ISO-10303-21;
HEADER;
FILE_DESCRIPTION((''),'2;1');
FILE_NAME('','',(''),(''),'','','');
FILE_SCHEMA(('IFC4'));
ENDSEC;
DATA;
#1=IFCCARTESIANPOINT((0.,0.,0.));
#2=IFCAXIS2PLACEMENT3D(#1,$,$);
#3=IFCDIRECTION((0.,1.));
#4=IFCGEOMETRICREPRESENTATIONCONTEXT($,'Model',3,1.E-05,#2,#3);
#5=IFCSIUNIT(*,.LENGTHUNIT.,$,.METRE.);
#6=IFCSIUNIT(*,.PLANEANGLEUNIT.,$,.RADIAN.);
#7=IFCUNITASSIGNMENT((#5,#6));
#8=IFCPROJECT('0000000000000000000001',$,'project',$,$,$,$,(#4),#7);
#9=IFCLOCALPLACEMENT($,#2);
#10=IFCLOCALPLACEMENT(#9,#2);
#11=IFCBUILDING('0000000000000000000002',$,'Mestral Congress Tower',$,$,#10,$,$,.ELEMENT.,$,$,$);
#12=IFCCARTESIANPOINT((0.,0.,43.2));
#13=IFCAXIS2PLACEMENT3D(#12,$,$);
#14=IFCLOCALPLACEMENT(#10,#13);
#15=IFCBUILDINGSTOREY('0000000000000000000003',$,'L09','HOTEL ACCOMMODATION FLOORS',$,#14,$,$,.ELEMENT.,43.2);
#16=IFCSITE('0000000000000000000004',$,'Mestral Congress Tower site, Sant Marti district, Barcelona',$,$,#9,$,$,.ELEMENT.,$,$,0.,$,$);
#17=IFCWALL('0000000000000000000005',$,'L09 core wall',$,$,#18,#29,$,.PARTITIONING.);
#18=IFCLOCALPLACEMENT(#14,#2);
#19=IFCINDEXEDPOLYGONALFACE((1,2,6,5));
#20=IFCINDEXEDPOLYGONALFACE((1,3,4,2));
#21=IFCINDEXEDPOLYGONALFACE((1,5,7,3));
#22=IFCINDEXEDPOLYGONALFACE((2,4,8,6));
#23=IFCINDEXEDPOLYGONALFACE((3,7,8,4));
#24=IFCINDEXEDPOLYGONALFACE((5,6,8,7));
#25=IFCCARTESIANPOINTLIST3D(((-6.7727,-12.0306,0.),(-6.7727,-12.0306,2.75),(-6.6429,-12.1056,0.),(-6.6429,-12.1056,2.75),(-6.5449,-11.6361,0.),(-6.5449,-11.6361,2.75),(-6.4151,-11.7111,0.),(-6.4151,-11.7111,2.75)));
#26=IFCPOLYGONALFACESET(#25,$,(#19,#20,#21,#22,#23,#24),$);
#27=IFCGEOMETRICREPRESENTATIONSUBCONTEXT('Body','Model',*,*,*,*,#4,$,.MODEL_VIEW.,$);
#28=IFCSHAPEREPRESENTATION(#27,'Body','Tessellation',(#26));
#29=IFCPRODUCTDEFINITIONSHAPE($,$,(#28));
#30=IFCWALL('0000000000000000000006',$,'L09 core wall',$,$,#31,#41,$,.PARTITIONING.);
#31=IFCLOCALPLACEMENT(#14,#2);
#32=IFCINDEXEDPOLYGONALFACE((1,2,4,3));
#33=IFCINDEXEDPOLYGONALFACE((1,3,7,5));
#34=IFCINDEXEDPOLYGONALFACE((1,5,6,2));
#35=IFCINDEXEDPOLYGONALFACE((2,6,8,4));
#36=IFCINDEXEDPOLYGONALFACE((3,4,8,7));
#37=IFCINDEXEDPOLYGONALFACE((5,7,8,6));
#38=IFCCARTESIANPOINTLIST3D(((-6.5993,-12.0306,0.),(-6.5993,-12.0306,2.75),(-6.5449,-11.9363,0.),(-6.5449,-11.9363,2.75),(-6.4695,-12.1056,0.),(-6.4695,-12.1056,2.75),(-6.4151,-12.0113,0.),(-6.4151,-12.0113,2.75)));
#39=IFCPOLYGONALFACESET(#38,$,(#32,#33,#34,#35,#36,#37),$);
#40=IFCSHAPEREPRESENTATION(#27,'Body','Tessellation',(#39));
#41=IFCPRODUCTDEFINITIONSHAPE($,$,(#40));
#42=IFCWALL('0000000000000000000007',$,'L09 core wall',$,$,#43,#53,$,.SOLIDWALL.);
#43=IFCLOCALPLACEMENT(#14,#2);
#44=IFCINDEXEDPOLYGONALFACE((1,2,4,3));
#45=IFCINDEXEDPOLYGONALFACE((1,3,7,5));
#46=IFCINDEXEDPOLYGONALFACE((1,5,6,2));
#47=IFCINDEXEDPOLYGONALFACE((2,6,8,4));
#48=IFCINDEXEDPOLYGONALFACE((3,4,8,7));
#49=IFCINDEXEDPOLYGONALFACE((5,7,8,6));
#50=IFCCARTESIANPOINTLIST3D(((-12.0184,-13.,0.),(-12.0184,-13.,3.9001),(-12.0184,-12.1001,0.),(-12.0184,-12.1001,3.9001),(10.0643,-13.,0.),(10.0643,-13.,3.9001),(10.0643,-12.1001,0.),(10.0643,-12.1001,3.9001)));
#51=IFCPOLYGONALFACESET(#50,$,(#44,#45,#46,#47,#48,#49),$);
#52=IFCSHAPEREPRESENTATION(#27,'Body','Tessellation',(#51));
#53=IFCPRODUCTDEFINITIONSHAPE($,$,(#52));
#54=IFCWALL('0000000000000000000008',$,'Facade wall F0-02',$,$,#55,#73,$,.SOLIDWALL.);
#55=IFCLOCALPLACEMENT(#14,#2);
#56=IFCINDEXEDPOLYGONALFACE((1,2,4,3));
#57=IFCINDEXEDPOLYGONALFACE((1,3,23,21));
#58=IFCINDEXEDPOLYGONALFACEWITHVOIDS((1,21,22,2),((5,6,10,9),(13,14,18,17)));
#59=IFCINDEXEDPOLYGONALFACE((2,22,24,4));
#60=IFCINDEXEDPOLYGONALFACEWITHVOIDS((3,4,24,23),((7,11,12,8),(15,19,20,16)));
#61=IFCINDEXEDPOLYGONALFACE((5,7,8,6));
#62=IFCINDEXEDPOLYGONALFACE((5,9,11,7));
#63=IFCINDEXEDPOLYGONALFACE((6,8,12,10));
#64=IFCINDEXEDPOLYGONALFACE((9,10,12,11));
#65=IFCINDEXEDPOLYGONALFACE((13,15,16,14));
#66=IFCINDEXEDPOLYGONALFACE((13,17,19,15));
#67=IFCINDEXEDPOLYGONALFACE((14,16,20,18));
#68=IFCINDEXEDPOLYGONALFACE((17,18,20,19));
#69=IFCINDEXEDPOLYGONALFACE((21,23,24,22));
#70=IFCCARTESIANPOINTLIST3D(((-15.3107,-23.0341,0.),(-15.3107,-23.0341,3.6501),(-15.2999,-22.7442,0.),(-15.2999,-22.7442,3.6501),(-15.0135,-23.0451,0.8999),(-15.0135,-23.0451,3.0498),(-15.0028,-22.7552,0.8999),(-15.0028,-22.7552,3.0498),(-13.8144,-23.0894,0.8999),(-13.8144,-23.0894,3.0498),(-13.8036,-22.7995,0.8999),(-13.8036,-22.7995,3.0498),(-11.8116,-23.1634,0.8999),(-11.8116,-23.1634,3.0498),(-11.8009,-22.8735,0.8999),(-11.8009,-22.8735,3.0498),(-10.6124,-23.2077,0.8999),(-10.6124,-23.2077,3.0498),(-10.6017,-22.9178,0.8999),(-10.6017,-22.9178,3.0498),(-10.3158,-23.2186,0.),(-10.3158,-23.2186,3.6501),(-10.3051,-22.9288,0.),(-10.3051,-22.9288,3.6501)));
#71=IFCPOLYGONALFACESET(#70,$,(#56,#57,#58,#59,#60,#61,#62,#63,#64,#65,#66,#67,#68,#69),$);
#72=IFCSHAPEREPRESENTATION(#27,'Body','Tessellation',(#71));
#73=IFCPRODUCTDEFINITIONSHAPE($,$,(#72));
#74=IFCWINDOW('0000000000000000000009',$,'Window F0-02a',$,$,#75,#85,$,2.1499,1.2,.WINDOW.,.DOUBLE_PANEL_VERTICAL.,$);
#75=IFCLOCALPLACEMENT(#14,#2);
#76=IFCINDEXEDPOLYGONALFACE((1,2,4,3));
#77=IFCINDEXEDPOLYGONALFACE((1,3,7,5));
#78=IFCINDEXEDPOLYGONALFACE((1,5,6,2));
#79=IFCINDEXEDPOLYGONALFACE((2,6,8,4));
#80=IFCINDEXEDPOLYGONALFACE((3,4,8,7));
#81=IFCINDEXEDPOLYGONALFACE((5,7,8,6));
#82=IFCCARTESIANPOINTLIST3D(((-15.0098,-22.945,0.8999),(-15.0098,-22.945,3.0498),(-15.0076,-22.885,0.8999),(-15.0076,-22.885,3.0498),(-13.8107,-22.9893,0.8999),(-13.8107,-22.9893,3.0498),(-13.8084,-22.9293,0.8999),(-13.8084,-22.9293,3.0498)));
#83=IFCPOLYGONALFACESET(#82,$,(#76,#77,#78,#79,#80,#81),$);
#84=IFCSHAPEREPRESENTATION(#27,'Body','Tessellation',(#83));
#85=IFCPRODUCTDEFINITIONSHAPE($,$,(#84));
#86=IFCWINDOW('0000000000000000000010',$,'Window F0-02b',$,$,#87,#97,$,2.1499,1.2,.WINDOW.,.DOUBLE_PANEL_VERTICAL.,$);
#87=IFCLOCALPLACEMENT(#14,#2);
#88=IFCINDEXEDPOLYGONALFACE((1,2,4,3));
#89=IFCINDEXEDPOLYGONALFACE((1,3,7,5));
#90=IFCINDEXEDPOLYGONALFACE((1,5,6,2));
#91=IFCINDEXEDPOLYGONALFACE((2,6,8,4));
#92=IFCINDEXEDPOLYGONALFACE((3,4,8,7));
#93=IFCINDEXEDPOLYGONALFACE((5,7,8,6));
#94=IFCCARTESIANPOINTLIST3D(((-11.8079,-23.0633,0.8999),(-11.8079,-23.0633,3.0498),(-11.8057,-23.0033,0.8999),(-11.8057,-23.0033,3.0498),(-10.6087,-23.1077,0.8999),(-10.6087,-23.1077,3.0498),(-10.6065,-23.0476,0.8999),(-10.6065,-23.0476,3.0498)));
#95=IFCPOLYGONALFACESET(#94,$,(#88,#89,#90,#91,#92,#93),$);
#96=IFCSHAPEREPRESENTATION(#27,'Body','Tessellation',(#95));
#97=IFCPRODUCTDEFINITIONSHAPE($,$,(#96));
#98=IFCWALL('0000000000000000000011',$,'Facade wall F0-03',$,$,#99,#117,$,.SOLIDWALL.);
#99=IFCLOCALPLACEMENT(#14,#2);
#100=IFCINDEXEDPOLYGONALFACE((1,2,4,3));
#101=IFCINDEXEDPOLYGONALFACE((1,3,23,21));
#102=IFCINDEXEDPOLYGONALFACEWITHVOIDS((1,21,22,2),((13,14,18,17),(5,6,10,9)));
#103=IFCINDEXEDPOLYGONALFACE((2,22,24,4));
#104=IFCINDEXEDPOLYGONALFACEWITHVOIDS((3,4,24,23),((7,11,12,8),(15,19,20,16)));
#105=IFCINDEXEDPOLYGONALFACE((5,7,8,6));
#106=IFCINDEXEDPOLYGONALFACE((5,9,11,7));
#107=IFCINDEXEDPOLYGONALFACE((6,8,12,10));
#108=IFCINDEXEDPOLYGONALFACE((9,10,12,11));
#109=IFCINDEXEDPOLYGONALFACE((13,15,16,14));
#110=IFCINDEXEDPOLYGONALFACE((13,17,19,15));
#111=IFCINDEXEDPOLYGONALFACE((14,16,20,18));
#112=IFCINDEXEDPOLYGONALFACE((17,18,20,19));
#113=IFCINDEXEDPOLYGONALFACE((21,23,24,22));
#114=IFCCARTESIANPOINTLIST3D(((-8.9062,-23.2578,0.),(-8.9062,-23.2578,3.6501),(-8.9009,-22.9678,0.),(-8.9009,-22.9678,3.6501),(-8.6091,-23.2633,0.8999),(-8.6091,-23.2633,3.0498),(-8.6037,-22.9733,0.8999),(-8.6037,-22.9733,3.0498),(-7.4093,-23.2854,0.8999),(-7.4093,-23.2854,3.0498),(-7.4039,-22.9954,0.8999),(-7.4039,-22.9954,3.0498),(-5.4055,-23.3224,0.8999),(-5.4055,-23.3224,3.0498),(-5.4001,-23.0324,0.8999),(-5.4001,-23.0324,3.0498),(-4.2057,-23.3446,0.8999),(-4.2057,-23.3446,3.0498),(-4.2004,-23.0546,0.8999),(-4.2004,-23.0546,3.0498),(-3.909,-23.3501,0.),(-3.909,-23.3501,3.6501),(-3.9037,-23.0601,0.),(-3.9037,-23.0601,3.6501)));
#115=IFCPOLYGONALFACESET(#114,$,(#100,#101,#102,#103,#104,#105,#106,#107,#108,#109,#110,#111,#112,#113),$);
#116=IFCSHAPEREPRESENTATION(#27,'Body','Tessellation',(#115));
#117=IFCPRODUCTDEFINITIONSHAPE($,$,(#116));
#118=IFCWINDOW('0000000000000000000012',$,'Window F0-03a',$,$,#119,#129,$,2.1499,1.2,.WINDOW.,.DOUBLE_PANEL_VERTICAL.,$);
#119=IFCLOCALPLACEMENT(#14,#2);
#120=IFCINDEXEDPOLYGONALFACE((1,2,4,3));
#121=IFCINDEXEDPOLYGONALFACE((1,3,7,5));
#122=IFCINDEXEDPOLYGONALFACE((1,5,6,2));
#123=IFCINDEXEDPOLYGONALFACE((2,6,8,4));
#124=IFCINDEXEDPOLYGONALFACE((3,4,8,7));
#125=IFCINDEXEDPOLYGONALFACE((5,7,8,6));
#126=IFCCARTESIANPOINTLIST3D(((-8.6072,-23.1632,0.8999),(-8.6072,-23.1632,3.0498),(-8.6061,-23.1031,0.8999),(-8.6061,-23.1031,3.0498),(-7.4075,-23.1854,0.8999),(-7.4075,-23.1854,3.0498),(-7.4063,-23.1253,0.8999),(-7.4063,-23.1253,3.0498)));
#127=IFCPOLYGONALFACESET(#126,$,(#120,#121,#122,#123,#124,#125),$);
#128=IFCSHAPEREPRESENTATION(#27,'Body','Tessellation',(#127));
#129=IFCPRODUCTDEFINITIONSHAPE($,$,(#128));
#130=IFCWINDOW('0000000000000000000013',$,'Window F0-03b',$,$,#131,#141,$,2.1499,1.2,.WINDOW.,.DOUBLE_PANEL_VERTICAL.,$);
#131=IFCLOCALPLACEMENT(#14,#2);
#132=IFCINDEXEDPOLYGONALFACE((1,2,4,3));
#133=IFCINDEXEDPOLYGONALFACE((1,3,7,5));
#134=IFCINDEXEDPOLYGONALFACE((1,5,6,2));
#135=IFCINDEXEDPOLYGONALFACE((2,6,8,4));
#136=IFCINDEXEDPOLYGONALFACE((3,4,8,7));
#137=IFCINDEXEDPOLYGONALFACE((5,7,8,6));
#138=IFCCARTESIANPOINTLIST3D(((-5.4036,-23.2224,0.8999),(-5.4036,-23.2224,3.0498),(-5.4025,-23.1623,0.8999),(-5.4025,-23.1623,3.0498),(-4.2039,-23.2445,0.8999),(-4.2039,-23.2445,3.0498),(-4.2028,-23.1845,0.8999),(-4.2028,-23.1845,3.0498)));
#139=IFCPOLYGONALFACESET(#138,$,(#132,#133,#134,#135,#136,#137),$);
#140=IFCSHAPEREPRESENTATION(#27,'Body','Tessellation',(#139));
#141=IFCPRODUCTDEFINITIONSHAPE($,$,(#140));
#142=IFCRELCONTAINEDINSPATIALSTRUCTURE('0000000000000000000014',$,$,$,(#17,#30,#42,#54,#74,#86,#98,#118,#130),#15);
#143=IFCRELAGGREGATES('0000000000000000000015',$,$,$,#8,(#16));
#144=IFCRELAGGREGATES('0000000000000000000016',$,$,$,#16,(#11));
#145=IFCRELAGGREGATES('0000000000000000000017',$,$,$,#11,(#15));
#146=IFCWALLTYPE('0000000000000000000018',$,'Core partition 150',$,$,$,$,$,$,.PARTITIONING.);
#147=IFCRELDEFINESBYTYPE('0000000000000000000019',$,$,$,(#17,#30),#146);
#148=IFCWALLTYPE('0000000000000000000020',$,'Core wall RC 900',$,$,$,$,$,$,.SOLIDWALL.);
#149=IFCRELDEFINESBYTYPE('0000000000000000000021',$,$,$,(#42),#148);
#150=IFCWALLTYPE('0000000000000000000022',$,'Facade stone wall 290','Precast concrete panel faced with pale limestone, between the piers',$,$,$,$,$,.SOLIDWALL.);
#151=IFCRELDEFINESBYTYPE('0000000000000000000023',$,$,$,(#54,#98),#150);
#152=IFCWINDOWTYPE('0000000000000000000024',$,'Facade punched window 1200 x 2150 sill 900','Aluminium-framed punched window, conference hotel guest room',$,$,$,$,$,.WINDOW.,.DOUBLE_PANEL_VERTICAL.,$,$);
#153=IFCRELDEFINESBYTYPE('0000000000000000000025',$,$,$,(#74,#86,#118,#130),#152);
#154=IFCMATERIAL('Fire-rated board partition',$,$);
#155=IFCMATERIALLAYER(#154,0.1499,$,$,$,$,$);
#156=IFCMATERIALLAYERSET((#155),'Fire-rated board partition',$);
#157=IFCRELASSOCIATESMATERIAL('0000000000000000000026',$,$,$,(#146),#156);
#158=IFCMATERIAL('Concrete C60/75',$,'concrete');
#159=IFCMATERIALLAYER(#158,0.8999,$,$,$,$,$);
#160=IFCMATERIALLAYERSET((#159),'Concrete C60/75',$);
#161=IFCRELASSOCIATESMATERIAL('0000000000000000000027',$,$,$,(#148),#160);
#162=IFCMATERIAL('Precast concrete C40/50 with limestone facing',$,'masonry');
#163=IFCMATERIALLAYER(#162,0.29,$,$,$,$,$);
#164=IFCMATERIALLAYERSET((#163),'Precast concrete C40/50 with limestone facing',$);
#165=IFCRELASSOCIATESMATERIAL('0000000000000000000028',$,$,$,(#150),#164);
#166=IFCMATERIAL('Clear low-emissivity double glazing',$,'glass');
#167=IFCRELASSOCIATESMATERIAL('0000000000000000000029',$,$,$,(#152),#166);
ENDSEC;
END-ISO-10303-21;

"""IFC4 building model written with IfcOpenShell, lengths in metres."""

from ifc_helpers import new_model, si_unit, direction, frame, frame_2d, origin, place, context, subcontext, project, spatial, rectangle, extrude, material, layer, layer_set, type_object, element, fill, save


model = new_model("IFC4")

# Units and contexts
model_context = context("Model", 3, precision=1e-05, world=origin(), true_north=direction((0.0, 1.0)))
body_context = subcontext(model_context, "Body", "Model", "MODEL_VIEW")
ifc_project = project(units=[si_unit("LENGTHUNIT", "METRE"), si_unit("PLANEANGLEUNIT", "RADIAN")], contexts=[model_context])

# Site, building, storey
site_placement = place(None, origin())
site = spatial("IfcSite", under=ifc_project, at=site_placement, Name="Mestral Congress Tower site, Sant Marti district, Barcelona", CompositionType="ELEMENT", RefElevation=0.0)
building_placement = place(site_placement, origin())
building = spatial("IfcBuilding", under=site, at=building_placement, Name="Mestral Congress Tower", CompositionType="ELEMENT")
storey_placement = place(building_placement, frame((0.0, 0.0, 43.2)))
storey = spatial("IfcBuildingStorey", under=building, at=storey_placement, Name="L09", Description="HOTEL ACCOMMODATION FLOORS", CompositionType="ELEMENT", Elevation=43.2)

# Walls
ifc_material_1 = material(Name="Fire-rated board partition")
ifc_layer_1 = layer(ifc_material_1, 0.1499)
ifc_layer_set_1 = layer_set([ifc_layer_1], Name="Fire-rated board partition")
wall_type_1 = type_object("IfcWallType", Name="Core partition 150", PredefinedType="PARTITIONING", material=ifc_layer_set_1)
wall_1_placement = place(storey_placement, frame((-6.7078, -12.0681, 0.0), z_axis=(0.0, 0.0, 1.0), x_axis=(0.500001, 0.866025, 0.0)))
element("IfcWall", 1, at=wall_1_placement, inside=storey, type_object=wall_type_1, Name="L09 core wall", PredefinedType="PARTITIONING", context=body_context, shape_type="SweptSolid", body=[
    extrude(rectangle(XDim=0.4556, YDim=0.1499, at=frame_2d((0.2278, 0.0))), origin(), (0.0, 0.0, 1.0), 2.75),
])
wall_2_placement = place(storey_placement, frame((-6.5344, -12.0681, 0.0), z_axis=(0.0, 0.0, 1.0), x_axis=(0.50024, 0.865887, 0.0)))
element("IfcWall", 2, at=wall_2_placement, inside=storey, type_object=wall_type_1, Name="L09 core wall", PredefinedType="PARTITIONING", context=body_context, shape_type="SweptSolid", body=[
    extrude(rectangle(XDim=0.1089, YDim=0.1499, at=frame_2d((0.0544, 0.0))), origin(), (0.0, 0.0, 1.0), 2.75),
])
ifc_material_2 = material(Name="Concrete C60/75", Category="concrete")
ifc_layer_2 = layer(ifc_material_2, 0.8999)
ifc_layer_set_2 = layer_set([ifc_layer_2], Name="Concrete C60/75")
wall_type_2 = type_object("IfcWallType", Name="Core wall RC 900", PredefinedType="SOLIDWALL", material=ifc_layer_set_2)
wall_3_placement = place(storey_placement, frame((-12.0186, -12.55, 0.0), z_axis=(0.0, 0.0, 1.0), x_axis=(1.0, 0.0, 0.0)))
element("IfcWall", 3, at=wall_3_placement, inside=storey, type_object=wall_type_2, Name="L09 core wall", PredefinedType="SOLIDWALL", context=body_context, shape_type="SweptSolid", body=[
    extrude(rectangle(XDim=22.0828, YDim=0.8999, at=frame_2d((11.0415, 0.0))), origin(), (0.0, 0.0, 1.0), 3.9001),
])

# Walls, openings, windows
ifc_material_3 = material(Name="Precast concrete C40/50 with limestone facing", Category="masonry")
ifc_layer_3 = layer(ifc_material_3, 0.29)
ifc_layer_set_3 = layer_set([ifc_layer_3], Name="Precast concrete C40/50 with limestone facing")
wall_type_3 = type_object("IfcWallType", Name="Facade stone wall 290", Description="Precast concrete panel faced with pale limestone, between the piers", PredefinedType="SOLIDWALL", material=ifc_layer_set_3)
wall_4_placement = place(storey_placement, frame((-15.3052, -22.8892, 0.0), z_axis=(0.0, 0.0, 1.0), x_axis=(0.999318, -0.036927, 0.0)))
wall_4 = element("IfcWall", 4, at=wall_4_placement, inside=storey, type_object=wall_type_3, Name="Facade wall F0-02", PredefinedType="SOLIDWALL", context=body_context, shape_type="SweptSolid", body=[
    extrude(rectangle(XDim=4.9983, YDim=0.29, at=frame_2d((2.499, 0.0))), origin(), (0.0, 0.0, 1.0), 3.6501),
])
opening_1_placement = place(wall_4_placement, frame((0.2971, 0.0, 0.8999)))
opening_1 = element("IfcOpeningElement", 5, at=opening_1_placement, cuts=wall_4, PredefinedType="OPENING", context=body_context, shape_type="SweptSolid", body=[
    extrude(rectangle(XDim=1.2, YDim=2.1499, at=frame_2d((0.6001, 1.075))), frame((0.0, 0.155, 0.0), z_axis=(0.0, -1.0, 0.0), x_axis=(1.0, 0.0, 0.0)), (0.0, 0.0, 1.0), 0.3101),
])
opening_2_placement = place(wall_4_placement, frame((3.5012, 0.0, 0.8999)))
opening_2 = element("IfcOpeningElement", 6, at=opening_2_placement, cuts=wall_4, PredefinedType="OPENING", context=body_context, shape_type="SweptSolid", body=[
    extrude(rectangle(XDim=1.2, YDim=2.1499, at=frame_2d((0.6001, 1.075))), frame((0.0, 0.155, 0.0), z_axis=(0.0, -1.0, 0.0), x_axis=(1.0, 0.0, 0.0)), (0.0, 0.0, 1.0), 0.3101),
])
ifc_material_4 = material(Name="Clear low-emissivity double glazing", Category="glass")
window_type = type_object("IfcWindowType", Name="Facade punched window 1200 x 2150 sill 900", Description="Aluminium-framed punched window, conference hotel guest room", PartitioningType="DOUBLE_PANEL_VERTICAL", PredefinedType="WINDOW", material=ifc_material_4)
window_1_placement = place(opening_1_placement, origin())
window_1 = element("IfcWindow", 7, at=window_1_placement, inside=storey, type_object=window_type, Name="Window F0-02a", OverallHeight=2.1499, OverallWidth=1.2, PartitioningType="DOUBLE_PANEL_VERTICAL", PredefinedType="WINDOW", context=body_context, shape_type="SweptSolid", body=[
    extrude(rectangle(XDim=1.2, YDim=2.1499, at=frame_2d((0.6001, 1.075))), frame((0.0, 0.0151, 0.0), z_axis=(0.0, -1.0, 0.0), x_axis=(1.0, 0.0, 0.0)), (0.0, 0.0, 1.0), 0.0601),
])
fill(opening_1, window_1)
window_2_placement = place(opening_2_placement, origin())
window_2 = element("IfcWindow", 8, at=window_2_placement, inside=storey, type_object=window_type, Name="Window F0-02b", OverallHeight=2.1499, OverallWidth=1.2, PartitioningType="DOUBLE_PANEL_VERTICAL", PredefinedType="WINDOW", context=body_context, shape_type="SweptSolid", body=[
    extrude(rectangle(XDim=1.2, YDim=2.1499, at=frame_2d((0.6001, 1.075))), frame((0.0, 0.0151, 0.0), z_axis=(0.0, -1.0, 0.0), x_axis=(1.0, 0.0, 0.0)), (0.0, 0.0, 1.0), 0.0601),
])
fill(opening_2, window_2)
wall_5_placement = place(storey_placement, frame((-8.9036, -23.1128, 0.0), z_axis=(0.0, 0.0, 1.0), x_axis=(0.99983, -0.018464, 0.0)))
wall_5 = element("IfcWall", 9, at=wall_5_placement, inside=storey, type_object=wall_type_3, Name="Facade wall F0-03", PredefinedType="SOLIDWALL", context=body_context, shape_type="SweptSolid", body=[
    extrude(rectangle(XDim=4.998, YDim=0.29, at=frame_2d((2.499, 0.0))), origin(), (0.0, 0.0, 1.0), 3.6501),
])
opening_3_placement = place(wall_5_placement, frame((0.2971, 0.0, 0.8999)))
opening_3 = element("IfcOpeningElement", 10, at=opening_3_placement, cuts=wall_5, PredefinedType="OPENING", context=body_context, shape_type="SweptSolid", body=[
    extrude(rectangle(XDim=1.2, YDim=2.1499, at=frame_2d((0.6001, 1.075))), frame((0.0, 0.155, 0.0), z_axis=(0.0, -1.0, 0.0), x_axis=(1.0, 0.0, 0.0)), (0.0, 0.0, 1.0), 0.3101),
])
opening_4_placement = place(wall_5_placement, frame((3.5012, 0.0, 0.8999)))
opening_4 = element("IfcOpeningElement", 11, at=opening_4_placement, cuts=wall_5, PredefinedType="OPENING", context=body_context, shape_type="SweptSolid", body=[
    extrude(rectangle(XDim=1.2, YDim=2.1499, at=frame_2d((0.6001, 1.075))), frame((0.0, 0.155, 0.0), z_axis=(0.0, -1.0, 0.0), x_axis=(1.0, 0.0, 0.0)), (0.0, 0.0, 1.0), 0.3101),
])
window_3_placement = place(opening_3_placement, origin())
window_3 = element("IfcWindow", 12, at=window_3_placement, inside=storey, type_object=window_type, Name="Window F0-03a", OverallHeight=2.1499, OverallWidth=1.2, PartitioningType="DOUBLE_PANEL_VERTICAL", PredefinedType="WINDOW", context=body_context, shape_type="SweptSolid", body=[
    extrude(rectangle(XDim=1.2, YDim=2.1499, at=frame_2d((0.6001, 1.075))), frame((0.0, 0.0151, 0.0), z_axis=(0.0, -1.0, 0.0), x_axis=(1.0, 0.0, 0.0)), (0.0, 0.0, 1.0), 0.0601),
])
fill(opening_3, window_3)
window_4_placement = place(opening_4_placement, origin())
window_4 = element("IfcWindow", 13, at=window_4_placement, inside=storey, type_object=window_type, Name="Window F0-03b", OverallHeight=2.1499, OverallWidth=1.2, PartitioningType="DOUBLE_PANEL_VERTICAL", PredefinedType="WINDOW", context=body_context, shape_type="SweptSolid", body=[
    extrude(rectangle(XDim=1.2, YDim=2.1499, at=frame_2d((0.6001, 1.075))), frame((0.0, 0.0151, 0.0), z_axis=(0.0, -1.0, 0.0), x_axis=(1.0, 0.0, 0.0)), (0.0, 0.0, 1.0), 0.0601),
])
fill(opening_4, window_4)

save(model, "model.ifc")
